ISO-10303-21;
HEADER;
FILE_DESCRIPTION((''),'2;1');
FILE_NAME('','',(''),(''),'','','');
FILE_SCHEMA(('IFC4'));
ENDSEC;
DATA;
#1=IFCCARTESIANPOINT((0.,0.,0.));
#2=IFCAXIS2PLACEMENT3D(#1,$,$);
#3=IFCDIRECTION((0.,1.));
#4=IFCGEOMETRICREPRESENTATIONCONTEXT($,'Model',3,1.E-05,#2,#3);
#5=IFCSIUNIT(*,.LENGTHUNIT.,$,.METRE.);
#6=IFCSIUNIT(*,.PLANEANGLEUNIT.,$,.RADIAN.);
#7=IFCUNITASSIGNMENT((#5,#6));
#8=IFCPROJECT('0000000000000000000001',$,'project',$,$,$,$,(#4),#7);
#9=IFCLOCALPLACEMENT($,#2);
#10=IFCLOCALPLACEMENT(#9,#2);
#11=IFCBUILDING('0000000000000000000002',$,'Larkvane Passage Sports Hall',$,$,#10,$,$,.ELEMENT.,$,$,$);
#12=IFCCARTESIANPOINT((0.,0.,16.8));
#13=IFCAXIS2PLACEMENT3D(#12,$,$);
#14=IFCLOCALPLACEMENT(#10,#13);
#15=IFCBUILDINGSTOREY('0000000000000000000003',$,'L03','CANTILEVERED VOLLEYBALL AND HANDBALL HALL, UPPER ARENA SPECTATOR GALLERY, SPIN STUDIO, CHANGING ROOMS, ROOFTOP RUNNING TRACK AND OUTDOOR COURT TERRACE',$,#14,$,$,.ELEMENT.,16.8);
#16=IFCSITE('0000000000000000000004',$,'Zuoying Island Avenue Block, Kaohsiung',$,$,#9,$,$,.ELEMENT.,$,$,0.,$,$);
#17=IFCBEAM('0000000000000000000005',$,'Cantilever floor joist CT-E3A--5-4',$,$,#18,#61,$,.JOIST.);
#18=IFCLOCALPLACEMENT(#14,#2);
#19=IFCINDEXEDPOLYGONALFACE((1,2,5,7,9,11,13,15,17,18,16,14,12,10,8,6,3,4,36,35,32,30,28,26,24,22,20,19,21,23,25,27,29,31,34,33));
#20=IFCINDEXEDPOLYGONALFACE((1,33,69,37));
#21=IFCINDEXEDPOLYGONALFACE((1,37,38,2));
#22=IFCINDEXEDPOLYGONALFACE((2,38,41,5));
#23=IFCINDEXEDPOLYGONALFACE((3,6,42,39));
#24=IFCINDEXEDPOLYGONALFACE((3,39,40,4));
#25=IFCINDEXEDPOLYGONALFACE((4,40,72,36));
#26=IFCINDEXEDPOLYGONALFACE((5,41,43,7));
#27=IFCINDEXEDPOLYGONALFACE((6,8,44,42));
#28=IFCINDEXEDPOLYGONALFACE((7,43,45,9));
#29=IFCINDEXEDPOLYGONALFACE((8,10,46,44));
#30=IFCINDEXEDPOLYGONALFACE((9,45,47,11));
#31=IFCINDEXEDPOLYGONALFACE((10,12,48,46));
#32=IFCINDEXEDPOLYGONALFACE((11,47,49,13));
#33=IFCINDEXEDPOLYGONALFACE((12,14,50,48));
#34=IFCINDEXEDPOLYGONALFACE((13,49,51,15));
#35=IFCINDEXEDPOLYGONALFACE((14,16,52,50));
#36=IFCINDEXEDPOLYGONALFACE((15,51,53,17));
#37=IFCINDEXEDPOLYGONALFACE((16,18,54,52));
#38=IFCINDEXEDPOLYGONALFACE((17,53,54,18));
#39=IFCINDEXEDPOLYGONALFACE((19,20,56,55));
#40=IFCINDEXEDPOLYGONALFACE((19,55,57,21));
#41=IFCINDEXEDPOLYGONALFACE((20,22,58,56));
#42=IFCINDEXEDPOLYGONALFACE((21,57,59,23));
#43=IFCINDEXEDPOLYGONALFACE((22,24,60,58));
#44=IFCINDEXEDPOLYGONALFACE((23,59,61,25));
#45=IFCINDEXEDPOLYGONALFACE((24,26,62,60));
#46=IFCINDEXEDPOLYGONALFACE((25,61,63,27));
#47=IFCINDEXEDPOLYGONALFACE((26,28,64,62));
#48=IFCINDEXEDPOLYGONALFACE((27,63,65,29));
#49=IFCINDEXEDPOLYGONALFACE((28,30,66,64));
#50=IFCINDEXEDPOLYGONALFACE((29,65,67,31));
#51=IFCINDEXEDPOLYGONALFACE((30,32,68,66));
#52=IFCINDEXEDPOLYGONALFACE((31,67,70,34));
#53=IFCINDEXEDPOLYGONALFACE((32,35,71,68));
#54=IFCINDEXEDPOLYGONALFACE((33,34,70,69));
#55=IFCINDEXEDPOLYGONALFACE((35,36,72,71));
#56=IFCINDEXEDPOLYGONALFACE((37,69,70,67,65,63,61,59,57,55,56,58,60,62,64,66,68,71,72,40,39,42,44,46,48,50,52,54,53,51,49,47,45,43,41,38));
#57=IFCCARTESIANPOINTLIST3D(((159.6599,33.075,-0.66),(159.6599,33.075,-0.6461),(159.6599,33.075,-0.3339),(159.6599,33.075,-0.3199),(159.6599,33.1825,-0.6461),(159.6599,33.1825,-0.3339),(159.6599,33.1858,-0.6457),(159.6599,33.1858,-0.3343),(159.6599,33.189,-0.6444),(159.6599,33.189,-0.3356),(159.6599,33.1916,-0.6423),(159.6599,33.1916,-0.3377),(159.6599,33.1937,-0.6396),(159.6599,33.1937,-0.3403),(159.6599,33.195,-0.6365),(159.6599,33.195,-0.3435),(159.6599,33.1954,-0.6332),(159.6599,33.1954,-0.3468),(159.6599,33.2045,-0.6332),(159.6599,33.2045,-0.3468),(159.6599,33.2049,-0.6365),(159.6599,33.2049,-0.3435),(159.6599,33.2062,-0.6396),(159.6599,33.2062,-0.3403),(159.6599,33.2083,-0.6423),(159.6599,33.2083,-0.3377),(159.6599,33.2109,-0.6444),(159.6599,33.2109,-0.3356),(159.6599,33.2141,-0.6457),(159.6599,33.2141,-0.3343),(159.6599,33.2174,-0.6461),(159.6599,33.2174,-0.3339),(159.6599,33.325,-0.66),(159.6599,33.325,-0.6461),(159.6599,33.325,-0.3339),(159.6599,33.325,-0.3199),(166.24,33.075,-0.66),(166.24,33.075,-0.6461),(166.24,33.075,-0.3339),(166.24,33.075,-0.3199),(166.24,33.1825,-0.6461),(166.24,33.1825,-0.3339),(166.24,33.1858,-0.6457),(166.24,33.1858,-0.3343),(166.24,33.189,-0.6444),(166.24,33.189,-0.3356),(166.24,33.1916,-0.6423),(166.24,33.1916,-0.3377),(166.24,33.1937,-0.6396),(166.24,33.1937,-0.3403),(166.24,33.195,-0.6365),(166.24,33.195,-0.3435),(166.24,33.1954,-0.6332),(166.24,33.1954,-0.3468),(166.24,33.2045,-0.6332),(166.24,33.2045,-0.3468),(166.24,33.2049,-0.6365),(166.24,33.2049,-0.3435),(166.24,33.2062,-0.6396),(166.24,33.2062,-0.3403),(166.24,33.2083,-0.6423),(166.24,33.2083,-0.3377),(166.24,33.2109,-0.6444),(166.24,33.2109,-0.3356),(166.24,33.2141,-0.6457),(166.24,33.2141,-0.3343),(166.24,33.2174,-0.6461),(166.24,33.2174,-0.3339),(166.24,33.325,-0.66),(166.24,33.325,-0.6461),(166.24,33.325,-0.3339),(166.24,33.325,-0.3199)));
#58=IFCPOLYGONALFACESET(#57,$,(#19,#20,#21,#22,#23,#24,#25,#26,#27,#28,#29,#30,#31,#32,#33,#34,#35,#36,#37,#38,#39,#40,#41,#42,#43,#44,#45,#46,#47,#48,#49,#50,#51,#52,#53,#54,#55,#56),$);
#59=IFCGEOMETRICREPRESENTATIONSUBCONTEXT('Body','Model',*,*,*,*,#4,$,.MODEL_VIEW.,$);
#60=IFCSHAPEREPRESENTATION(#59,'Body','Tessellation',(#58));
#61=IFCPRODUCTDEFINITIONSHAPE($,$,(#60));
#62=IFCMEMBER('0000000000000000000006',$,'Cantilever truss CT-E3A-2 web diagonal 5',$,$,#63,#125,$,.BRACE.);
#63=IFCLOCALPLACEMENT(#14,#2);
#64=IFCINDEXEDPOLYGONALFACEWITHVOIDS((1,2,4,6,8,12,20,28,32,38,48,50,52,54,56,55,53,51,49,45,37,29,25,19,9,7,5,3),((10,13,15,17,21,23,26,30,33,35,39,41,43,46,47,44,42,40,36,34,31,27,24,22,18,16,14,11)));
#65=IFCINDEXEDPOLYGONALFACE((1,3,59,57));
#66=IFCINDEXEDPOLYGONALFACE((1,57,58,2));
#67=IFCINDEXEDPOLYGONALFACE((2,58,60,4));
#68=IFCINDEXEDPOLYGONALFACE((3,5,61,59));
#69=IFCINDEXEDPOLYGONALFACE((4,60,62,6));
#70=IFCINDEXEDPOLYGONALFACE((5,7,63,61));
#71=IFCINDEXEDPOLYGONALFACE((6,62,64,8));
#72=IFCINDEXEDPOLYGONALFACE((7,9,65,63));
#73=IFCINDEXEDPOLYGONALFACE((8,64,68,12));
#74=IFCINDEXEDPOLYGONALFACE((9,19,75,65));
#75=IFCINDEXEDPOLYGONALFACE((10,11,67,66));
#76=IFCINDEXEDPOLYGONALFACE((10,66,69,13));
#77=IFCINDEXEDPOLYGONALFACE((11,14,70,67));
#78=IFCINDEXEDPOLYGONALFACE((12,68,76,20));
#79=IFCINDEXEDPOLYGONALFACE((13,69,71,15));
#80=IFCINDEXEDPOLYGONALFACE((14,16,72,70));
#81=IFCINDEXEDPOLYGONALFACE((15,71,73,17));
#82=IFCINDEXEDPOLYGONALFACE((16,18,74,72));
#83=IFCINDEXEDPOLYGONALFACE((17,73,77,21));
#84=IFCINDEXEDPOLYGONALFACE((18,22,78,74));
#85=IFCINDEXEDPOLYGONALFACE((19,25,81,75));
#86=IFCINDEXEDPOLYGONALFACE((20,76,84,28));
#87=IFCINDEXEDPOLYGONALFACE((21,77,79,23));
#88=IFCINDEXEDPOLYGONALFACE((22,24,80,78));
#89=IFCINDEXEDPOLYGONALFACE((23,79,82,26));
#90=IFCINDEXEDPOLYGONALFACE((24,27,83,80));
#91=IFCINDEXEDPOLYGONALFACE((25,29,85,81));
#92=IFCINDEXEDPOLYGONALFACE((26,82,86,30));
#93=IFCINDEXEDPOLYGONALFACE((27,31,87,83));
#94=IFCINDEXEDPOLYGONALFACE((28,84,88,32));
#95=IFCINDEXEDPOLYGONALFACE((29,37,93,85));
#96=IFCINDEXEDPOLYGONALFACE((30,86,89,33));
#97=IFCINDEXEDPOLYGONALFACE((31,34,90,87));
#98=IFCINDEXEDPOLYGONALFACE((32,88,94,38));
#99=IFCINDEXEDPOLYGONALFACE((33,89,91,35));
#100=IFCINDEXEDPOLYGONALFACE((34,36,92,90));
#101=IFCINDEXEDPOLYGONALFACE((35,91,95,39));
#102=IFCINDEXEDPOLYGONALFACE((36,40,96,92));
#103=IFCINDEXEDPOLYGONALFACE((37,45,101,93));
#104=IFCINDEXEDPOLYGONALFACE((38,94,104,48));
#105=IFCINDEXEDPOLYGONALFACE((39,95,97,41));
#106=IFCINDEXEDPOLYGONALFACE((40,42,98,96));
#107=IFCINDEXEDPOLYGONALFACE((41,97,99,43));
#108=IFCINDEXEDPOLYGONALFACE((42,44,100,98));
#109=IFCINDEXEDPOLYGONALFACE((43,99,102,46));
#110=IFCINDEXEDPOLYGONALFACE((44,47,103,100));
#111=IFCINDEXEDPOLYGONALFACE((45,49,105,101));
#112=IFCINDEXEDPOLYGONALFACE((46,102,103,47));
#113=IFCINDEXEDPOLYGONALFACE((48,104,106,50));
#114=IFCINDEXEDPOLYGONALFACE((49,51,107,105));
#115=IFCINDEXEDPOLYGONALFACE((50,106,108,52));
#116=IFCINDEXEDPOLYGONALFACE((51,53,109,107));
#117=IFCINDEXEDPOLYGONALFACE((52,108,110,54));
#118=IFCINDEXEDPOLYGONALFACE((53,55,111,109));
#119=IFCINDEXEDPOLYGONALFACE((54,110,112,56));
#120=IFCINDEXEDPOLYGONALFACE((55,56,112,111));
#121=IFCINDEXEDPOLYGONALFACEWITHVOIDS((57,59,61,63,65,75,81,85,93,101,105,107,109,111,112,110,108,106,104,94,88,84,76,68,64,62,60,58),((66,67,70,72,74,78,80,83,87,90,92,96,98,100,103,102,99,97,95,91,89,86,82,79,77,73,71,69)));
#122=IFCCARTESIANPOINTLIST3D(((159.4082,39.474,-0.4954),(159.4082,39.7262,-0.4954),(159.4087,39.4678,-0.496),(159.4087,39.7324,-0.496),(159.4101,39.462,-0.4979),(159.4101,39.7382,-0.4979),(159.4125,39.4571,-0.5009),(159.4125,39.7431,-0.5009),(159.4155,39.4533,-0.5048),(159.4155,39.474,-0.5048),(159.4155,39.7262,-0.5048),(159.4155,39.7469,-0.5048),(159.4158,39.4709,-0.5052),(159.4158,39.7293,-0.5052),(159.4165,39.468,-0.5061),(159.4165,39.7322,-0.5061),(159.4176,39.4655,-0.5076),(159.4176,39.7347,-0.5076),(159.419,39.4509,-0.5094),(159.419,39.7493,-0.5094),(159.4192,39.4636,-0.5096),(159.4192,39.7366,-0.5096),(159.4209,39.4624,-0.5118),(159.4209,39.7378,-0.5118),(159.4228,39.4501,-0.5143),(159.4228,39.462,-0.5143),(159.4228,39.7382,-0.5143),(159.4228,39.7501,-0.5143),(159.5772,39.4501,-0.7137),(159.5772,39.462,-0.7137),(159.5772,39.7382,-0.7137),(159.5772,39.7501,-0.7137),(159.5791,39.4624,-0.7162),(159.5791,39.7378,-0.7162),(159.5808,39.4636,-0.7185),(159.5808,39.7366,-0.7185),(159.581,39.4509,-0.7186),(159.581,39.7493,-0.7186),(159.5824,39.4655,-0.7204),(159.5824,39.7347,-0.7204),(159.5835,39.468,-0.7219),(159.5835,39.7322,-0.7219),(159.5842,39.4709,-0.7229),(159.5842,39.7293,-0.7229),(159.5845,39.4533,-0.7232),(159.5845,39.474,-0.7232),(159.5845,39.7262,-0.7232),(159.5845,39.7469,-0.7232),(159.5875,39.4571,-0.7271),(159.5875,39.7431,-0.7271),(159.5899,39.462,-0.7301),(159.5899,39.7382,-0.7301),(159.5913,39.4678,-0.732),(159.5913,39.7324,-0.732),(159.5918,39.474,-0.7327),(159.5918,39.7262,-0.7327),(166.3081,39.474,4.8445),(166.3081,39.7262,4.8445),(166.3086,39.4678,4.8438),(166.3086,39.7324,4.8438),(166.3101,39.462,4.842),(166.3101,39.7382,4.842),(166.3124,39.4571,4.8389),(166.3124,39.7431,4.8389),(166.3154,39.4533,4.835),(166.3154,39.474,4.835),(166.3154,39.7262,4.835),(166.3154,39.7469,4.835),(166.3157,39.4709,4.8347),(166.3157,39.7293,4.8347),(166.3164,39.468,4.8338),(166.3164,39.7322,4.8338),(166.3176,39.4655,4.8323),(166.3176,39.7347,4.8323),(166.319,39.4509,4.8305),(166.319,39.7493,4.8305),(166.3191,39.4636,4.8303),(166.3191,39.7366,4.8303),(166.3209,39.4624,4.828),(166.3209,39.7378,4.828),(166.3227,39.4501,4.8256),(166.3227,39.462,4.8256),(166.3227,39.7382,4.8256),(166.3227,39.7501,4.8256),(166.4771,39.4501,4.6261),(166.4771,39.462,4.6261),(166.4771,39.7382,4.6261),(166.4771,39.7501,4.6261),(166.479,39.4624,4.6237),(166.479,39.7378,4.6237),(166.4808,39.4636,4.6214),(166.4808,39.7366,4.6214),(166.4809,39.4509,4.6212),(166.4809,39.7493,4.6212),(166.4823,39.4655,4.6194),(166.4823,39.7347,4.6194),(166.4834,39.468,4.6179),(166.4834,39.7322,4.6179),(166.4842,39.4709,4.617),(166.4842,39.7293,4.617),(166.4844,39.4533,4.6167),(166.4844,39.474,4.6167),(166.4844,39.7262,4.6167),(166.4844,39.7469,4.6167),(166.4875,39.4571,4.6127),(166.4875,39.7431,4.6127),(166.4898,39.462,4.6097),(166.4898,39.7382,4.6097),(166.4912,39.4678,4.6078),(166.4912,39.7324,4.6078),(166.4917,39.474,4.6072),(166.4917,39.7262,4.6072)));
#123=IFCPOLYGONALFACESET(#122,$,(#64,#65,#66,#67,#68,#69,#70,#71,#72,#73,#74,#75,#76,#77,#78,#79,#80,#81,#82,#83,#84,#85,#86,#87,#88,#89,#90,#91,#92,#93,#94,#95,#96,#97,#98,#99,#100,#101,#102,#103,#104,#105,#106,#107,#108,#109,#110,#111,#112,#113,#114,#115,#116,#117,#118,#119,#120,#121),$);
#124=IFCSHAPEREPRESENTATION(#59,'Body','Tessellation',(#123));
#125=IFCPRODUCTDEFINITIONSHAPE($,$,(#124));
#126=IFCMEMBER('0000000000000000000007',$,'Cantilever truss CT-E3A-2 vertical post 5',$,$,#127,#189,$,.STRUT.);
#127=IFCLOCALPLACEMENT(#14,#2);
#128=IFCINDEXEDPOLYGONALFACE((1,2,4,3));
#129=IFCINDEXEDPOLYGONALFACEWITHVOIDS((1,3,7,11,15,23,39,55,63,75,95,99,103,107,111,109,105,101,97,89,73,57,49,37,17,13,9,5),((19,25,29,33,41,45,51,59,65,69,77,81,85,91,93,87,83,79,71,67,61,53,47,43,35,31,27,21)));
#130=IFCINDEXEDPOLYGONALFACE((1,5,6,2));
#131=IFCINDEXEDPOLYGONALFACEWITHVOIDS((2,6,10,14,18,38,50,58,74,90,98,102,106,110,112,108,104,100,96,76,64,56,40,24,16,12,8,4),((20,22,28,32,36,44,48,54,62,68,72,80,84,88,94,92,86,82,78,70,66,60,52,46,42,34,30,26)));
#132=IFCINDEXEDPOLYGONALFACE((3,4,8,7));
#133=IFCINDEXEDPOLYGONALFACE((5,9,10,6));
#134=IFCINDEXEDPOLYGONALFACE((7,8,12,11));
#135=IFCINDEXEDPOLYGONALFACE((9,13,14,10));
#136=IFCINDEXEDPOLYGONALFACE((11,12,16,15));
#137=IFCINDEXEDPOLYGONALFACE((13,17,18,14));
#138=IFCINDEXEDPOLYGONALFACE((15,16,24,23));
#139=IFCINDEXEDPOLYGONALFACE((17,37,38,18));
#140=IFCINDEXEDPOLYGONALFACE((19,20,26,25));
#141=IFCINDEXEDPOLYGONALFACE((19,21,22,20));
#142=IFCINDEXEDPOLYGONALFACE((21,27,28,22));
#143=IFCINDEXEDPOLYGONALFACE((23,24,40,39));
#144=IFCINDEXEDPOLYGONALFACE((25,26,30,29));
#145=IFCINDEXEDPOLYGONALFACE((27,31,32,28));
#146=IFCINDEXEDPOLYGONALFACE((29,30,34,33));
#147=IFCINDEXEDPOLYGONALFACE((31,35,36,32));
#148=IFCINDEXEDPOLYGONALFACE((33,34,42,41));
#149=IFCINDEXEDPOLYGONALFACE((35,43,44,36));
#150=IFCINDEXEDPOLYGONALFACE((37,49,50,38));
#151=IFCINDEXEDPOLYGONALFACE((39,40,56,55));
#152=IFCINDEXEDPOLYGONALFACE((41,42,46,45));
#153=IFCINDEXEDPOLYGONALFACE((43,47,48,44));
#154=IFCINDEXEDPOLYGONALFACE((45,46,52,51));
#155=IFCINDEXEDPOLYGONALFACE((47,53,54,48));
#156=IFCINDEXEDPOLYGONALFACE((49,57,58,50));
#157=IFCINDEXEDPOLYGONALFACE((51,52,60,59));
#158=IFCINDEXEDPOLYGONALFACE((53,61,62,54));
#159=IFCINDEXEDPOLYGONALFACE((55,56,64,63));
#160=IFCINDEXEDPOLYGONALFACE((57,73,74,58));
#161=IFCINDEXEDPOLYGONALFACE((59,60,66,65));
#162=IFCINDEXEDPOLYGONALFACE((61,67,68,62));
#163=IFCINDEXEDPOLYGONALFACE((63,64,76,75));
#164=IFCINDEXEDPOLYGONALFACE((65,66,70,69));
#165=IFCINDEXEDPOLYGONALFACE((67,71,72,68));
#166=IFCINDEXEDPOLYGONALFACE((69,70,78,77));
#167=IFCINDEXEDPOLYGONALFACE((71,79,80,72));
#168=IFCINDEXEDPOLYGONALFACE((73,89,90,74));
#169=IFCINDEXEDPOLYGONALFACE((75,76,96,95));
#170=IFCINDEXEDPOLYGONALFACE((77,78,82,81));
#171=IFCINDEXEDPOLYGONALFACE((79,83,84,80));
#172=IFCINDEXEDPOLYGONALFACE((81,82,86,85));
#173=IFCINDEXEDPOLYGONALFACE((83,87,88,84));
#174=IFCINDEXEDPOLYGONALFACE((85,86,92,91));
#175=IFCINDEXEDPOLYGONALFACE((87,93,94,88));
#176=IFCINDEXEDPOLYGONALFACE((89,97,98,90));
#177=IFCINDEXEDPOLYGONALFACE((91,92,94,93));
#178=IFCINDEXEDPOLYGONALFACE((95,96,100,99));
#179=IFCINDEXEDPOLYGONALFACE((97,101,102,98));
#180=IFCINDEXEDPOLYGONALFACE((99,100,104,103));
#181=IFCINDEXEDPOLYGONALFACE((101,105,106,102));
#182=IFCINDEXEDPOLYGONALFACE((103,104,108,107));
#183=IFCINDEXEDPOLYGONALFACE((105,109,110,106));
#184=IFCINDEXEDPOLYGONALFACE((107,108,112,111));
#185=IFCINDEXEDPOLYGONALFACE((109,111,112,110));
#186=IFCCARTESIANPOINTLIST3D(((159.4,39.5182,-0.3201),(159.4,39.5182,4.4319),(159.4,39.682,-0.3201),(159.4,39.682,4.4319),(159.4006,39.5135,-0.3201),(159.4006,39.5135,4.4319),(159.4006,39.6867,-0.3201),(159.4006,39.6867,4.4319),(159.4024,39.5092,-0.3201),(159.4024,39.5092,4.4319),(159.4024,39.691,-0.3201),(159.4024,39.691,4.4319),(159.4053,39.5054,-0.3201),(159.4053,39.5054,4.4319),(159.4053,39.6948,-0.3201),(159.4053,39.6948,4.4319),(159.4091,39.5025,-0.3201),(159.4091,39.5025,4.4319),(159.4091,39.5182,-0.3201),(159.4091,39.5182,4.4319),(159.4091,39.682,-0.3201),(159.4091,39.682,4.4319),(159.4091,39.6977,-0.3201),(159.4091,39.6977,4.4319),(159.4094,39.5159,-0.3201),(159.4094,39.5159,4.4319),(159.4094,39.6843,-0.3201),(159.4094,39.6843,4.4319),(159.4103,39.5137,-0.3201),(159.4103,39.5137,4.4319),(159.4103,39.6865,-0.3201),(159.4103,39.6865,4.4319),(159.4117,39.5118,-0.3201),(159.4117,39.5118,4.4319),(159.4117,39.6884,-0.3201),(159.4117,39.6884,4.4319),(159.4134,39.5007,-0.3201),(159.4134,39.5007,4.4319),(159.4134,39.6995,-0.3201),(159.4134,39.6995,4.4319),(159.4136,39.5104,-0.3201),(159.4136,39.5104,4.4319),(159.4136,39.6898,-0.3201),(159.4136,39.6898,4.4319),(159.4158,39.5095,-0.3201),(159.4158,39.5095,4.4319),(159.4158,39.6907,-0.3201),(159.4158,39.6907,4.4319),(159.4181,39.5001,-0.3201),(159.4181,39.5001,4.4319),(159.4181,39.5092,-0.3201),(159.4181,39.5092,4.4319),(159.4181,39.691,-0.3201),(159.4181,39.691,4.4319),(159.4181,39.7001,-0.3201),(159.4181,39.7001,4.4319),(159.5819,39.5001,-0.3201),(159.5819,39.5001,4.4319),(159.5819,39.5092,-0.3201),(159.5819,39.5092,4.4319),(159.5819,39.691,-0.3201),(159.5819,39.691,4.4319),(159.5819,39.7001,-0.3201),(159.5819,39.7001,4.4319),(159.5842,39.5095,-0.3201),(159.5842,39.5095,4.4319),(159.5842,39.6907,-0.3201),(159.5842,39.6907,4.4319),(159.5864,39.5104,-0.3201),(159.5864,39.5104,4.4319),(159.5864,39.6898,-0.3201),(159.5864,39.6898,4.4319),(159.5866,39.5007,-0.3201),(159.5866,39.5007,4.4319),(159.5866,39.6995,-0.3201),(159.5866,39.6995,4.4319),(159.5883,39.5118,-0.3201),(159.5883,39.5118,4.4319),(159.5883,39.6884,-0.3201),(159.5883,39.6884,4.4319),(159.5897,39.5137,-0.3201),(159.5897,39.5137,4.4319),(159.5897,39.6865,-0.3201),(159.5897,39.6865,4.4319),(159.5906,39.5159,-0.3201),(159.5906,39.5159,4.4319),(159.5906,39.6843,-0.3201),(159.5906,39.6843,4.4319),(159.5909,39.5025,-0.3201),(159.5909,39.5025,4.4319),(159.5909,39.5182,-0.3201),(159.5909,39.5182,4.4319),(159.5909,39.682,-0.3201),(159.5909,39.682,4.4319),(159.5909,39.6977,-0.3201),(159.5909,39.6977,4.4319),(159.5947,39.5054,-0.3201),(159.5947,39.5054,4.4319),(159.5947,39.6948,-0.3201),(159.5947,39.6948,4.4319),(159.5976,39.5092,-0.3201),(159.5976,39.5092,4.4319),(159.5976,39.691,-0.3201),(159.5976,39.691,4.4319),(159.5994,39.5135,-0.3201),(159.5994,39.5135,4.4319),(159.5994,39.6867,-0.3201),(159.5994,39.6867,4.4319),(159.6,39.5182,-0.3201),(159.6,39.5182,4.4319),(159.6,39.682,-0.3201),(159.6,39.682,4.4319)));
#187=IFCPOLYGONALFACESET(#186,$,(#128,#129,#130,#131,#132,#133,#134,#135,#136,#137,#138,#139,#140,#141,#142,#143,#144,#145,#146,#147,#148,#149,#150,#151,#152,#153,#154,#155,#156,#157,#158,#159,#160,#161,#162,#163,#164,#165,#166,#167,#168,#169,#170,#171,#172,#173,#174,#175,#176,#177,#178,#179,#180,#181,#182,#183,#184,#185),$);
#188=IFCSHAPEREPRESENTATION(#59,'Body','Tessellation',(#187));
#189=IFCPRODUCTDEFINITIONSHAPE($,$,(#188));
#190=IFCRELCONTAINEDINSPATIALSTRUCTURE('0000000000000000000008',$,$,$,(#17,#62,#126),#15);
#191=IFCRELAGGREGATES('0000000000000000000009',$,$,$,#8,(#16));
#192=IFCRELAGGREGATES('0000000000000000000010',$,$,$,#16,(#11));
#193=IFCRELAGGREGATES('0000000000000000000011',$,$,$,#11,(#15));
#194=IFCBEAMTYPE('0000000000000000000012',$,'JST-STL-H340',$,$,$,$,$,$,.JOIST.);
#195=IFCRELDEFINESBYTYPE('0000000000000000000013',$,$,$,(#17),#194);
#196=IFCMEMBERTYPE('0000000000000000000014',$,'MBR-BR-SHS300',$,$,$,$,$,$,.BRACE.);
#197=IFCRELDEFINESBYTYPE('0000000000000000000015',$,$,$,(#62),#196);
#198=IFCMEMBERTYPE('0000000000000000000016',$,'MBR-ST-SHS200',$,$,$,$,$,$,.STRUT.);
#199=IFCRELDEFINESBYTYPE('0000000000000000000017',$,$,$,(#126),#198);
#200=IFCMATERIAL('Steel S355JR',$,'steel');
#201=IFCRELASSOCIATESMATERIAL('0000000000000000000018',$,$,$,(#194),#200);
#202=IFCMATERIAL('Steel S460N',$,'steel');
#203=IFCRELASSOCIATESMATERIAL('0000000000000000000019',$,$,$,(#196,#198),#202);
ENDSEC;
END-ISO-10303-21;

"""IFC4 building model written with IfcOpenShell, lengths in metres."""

from ifc_helpers import new_model, si_unit, direction, frame, origin, origin_2d, place, context, subcontext, project, spatial, hollow_rectangle, i_section, extrude, material, material_profile, profile_set, type_object, element, save


model = new_model("IFC4")

# Units and contexts
model_context = context("Model", 3, precision=1e-05, world=origin(), true_north=direction((0.0, 1.0)))
body_context = subcontext(model_context, "Body", "Model", "MODEL_VIEW")
ifc_project = project(units=[si_unit("LENGTHUNIT", "METRE"), si_unit("PLANEANGLEUNIT", "RADIAN")], contexts=[model_context])

# Site, building, storey
site_placement = place(None, origin())
site = spatial("IfcSite", under=ifc_project, at=site_placement, Name="Zuoying Island Avenue Block, Kaohsiung", CompositionType="ELEMENT", RefElevation=0.0)
building_placement = place(site_placement, origin())
building = spatial("IfcBuilding", under=site, at=building_placement, Name="Larkvane Passage Sports Hall", CompositionType="ELEMENT")
storey_placement = place(building_placement, frame((0.0, 0.0, 16.8)))
storey = spatial("IfcBuildingStorey", under=building, at=storey_placement, Name="L03", Description="CANTILEVERED VOLLEYBALL AND HANDBALL HALL, UPPER ARENA SPECTATOR GALLERY, SPIN STUDIO, CHANGING ROOMS, ROOFTOP RUNNING TRACK AND OUTDOOR COURT TERRACE", CompositionType="ELEMENT", Elevation=16.8)

# Shared definitions
ifc_material_1 = material(Name="Steel S460N", Category="steel")

# Beam
ifc_material_2 = material(Name="Steel S355JR", Category="steel")
ifc_material_profile_1 = material_profile(ifc_material_2, i_section(OverallWidth=0.25, OverallDepth=0.3401, WebThickness=0.009, FlangeThickness=0.0139, FilletRadius=0.0129, at=origin_2d()), Name="H-340x250x9x14")
ifc_profile_set_1 = profile_set([ifc_material_profile_1], Name="Steel S355JR")
beam_type_1 = type_object("IfcBeamType", Name="JST-STL-H340", PredefinedType="JOIST", material=ifc_profile_set_1)
beam_1_placement = place(storey_placement, frame((159.6599, 33.2, -0.49), z_axis=(1.0, 0.0, 0.0), x_axis=(0.0, 1.0, 0.0)))
element("IfcBeam", 1, at=beam_1_placement, inside=storey, type_object=beam_type_1, Name="Cantilever floor joist CT-E3A--5-4", PredefinedType="JOIST", context=body_context, shape_type="SweptSolid", body=[
    extrude(i_section(OverallWidth=0.25, OverallDepth=0.3401, WebThickness=0.009, FlangeThickness=0.0139, FilletRadius=0.0129, at=origin_2d()), origin(), (0.0, 0.0, 1.0), 6.5801),
])

# Members
ifc_material_profile_2 = material_profile(ifc_material_1, hollow_rectangle(XDim=0.3, YDim=0.3, WallThickness=0.012, InnerFilletRadius=0.012, OuterFilletRadius=0.0239, at=origin_2d()), Name="SHS-300x300x12")
ifc_profile_set_2 = profile_set([ifc_material_profile_2], Name="Steel S460N")
member_type_1 = type_object("IfcMemberType", Name="MBR-BR-SHS300", PredefinedType="BRACE", material=ifc_profile_set_2)
member_1_placement = place(storey_placement, frame((159.5, 39.6001, -0.614), z_axis=(0.790836, 0.0, 0.612029), x_axis=(0.0, 1.0, 0.0)))
element("IfcMember", 2, at=member_1_placement, inside=storey, type_object=member_type_1, Name="Cantilever truss CT-E3A-2 web diagonal 5", PredefinedType="BRACE", context=body_context, shape_type="SweptSolid", body=[
    extrude(hollow_rectangle(XDim=0.3, YDim=0.3, WallThickness=0.012, InnerFilletRadius=0.012, OuterFilletRadius=0.0239, at=origin_2d()), origin(), (0.0, 0.0, 1.0), 8.7249),
])
ifc_material_profile_3 = material_profile(ifc_material_1, hollow_rectangle(XDim=0.2, YDim=0.2, WallThickness=0.009, InnerFilletRadius=0.009, OuterFilletRadius=0.0181, at=origin_2d()), Name="SHS-200x200x9")
ifc_profile_set_3 = profile_set([ifc_material_profile_3], Name="Steel S460N")
member_type_2 = type_object("IfcMemberType", Name="MBR-ST-SHS200", PredefinedType="STRUT", material=ifc_profile_set_3)
member_2_placement = place(storey_placement, frame((159.5, 39.6001, -0.3201), z_axis=(0.0, 0.0, 1.0), x_axis=(1.0, 0.0, 0.0)))
element("IfcMember", 3, at=member_2_placement, inside=storey, type_object=member_type_2, Name="Cantilever truss CT-E3A-2 vertical post 5", PredefinedType="STRUT", context=body_context, shape_type="SweptSolid", body=[
    extrude(hollow_rectangle(XDim=0.2, YDim=0.2, WallThickness=0.009, InnerFilletRadius=0.009, OuterFilletRadius=0.0181, at=origin_2d()), origin(), (0.0, 0.0, 1.0), 4.752),
])

save(model, "model.ifc")
